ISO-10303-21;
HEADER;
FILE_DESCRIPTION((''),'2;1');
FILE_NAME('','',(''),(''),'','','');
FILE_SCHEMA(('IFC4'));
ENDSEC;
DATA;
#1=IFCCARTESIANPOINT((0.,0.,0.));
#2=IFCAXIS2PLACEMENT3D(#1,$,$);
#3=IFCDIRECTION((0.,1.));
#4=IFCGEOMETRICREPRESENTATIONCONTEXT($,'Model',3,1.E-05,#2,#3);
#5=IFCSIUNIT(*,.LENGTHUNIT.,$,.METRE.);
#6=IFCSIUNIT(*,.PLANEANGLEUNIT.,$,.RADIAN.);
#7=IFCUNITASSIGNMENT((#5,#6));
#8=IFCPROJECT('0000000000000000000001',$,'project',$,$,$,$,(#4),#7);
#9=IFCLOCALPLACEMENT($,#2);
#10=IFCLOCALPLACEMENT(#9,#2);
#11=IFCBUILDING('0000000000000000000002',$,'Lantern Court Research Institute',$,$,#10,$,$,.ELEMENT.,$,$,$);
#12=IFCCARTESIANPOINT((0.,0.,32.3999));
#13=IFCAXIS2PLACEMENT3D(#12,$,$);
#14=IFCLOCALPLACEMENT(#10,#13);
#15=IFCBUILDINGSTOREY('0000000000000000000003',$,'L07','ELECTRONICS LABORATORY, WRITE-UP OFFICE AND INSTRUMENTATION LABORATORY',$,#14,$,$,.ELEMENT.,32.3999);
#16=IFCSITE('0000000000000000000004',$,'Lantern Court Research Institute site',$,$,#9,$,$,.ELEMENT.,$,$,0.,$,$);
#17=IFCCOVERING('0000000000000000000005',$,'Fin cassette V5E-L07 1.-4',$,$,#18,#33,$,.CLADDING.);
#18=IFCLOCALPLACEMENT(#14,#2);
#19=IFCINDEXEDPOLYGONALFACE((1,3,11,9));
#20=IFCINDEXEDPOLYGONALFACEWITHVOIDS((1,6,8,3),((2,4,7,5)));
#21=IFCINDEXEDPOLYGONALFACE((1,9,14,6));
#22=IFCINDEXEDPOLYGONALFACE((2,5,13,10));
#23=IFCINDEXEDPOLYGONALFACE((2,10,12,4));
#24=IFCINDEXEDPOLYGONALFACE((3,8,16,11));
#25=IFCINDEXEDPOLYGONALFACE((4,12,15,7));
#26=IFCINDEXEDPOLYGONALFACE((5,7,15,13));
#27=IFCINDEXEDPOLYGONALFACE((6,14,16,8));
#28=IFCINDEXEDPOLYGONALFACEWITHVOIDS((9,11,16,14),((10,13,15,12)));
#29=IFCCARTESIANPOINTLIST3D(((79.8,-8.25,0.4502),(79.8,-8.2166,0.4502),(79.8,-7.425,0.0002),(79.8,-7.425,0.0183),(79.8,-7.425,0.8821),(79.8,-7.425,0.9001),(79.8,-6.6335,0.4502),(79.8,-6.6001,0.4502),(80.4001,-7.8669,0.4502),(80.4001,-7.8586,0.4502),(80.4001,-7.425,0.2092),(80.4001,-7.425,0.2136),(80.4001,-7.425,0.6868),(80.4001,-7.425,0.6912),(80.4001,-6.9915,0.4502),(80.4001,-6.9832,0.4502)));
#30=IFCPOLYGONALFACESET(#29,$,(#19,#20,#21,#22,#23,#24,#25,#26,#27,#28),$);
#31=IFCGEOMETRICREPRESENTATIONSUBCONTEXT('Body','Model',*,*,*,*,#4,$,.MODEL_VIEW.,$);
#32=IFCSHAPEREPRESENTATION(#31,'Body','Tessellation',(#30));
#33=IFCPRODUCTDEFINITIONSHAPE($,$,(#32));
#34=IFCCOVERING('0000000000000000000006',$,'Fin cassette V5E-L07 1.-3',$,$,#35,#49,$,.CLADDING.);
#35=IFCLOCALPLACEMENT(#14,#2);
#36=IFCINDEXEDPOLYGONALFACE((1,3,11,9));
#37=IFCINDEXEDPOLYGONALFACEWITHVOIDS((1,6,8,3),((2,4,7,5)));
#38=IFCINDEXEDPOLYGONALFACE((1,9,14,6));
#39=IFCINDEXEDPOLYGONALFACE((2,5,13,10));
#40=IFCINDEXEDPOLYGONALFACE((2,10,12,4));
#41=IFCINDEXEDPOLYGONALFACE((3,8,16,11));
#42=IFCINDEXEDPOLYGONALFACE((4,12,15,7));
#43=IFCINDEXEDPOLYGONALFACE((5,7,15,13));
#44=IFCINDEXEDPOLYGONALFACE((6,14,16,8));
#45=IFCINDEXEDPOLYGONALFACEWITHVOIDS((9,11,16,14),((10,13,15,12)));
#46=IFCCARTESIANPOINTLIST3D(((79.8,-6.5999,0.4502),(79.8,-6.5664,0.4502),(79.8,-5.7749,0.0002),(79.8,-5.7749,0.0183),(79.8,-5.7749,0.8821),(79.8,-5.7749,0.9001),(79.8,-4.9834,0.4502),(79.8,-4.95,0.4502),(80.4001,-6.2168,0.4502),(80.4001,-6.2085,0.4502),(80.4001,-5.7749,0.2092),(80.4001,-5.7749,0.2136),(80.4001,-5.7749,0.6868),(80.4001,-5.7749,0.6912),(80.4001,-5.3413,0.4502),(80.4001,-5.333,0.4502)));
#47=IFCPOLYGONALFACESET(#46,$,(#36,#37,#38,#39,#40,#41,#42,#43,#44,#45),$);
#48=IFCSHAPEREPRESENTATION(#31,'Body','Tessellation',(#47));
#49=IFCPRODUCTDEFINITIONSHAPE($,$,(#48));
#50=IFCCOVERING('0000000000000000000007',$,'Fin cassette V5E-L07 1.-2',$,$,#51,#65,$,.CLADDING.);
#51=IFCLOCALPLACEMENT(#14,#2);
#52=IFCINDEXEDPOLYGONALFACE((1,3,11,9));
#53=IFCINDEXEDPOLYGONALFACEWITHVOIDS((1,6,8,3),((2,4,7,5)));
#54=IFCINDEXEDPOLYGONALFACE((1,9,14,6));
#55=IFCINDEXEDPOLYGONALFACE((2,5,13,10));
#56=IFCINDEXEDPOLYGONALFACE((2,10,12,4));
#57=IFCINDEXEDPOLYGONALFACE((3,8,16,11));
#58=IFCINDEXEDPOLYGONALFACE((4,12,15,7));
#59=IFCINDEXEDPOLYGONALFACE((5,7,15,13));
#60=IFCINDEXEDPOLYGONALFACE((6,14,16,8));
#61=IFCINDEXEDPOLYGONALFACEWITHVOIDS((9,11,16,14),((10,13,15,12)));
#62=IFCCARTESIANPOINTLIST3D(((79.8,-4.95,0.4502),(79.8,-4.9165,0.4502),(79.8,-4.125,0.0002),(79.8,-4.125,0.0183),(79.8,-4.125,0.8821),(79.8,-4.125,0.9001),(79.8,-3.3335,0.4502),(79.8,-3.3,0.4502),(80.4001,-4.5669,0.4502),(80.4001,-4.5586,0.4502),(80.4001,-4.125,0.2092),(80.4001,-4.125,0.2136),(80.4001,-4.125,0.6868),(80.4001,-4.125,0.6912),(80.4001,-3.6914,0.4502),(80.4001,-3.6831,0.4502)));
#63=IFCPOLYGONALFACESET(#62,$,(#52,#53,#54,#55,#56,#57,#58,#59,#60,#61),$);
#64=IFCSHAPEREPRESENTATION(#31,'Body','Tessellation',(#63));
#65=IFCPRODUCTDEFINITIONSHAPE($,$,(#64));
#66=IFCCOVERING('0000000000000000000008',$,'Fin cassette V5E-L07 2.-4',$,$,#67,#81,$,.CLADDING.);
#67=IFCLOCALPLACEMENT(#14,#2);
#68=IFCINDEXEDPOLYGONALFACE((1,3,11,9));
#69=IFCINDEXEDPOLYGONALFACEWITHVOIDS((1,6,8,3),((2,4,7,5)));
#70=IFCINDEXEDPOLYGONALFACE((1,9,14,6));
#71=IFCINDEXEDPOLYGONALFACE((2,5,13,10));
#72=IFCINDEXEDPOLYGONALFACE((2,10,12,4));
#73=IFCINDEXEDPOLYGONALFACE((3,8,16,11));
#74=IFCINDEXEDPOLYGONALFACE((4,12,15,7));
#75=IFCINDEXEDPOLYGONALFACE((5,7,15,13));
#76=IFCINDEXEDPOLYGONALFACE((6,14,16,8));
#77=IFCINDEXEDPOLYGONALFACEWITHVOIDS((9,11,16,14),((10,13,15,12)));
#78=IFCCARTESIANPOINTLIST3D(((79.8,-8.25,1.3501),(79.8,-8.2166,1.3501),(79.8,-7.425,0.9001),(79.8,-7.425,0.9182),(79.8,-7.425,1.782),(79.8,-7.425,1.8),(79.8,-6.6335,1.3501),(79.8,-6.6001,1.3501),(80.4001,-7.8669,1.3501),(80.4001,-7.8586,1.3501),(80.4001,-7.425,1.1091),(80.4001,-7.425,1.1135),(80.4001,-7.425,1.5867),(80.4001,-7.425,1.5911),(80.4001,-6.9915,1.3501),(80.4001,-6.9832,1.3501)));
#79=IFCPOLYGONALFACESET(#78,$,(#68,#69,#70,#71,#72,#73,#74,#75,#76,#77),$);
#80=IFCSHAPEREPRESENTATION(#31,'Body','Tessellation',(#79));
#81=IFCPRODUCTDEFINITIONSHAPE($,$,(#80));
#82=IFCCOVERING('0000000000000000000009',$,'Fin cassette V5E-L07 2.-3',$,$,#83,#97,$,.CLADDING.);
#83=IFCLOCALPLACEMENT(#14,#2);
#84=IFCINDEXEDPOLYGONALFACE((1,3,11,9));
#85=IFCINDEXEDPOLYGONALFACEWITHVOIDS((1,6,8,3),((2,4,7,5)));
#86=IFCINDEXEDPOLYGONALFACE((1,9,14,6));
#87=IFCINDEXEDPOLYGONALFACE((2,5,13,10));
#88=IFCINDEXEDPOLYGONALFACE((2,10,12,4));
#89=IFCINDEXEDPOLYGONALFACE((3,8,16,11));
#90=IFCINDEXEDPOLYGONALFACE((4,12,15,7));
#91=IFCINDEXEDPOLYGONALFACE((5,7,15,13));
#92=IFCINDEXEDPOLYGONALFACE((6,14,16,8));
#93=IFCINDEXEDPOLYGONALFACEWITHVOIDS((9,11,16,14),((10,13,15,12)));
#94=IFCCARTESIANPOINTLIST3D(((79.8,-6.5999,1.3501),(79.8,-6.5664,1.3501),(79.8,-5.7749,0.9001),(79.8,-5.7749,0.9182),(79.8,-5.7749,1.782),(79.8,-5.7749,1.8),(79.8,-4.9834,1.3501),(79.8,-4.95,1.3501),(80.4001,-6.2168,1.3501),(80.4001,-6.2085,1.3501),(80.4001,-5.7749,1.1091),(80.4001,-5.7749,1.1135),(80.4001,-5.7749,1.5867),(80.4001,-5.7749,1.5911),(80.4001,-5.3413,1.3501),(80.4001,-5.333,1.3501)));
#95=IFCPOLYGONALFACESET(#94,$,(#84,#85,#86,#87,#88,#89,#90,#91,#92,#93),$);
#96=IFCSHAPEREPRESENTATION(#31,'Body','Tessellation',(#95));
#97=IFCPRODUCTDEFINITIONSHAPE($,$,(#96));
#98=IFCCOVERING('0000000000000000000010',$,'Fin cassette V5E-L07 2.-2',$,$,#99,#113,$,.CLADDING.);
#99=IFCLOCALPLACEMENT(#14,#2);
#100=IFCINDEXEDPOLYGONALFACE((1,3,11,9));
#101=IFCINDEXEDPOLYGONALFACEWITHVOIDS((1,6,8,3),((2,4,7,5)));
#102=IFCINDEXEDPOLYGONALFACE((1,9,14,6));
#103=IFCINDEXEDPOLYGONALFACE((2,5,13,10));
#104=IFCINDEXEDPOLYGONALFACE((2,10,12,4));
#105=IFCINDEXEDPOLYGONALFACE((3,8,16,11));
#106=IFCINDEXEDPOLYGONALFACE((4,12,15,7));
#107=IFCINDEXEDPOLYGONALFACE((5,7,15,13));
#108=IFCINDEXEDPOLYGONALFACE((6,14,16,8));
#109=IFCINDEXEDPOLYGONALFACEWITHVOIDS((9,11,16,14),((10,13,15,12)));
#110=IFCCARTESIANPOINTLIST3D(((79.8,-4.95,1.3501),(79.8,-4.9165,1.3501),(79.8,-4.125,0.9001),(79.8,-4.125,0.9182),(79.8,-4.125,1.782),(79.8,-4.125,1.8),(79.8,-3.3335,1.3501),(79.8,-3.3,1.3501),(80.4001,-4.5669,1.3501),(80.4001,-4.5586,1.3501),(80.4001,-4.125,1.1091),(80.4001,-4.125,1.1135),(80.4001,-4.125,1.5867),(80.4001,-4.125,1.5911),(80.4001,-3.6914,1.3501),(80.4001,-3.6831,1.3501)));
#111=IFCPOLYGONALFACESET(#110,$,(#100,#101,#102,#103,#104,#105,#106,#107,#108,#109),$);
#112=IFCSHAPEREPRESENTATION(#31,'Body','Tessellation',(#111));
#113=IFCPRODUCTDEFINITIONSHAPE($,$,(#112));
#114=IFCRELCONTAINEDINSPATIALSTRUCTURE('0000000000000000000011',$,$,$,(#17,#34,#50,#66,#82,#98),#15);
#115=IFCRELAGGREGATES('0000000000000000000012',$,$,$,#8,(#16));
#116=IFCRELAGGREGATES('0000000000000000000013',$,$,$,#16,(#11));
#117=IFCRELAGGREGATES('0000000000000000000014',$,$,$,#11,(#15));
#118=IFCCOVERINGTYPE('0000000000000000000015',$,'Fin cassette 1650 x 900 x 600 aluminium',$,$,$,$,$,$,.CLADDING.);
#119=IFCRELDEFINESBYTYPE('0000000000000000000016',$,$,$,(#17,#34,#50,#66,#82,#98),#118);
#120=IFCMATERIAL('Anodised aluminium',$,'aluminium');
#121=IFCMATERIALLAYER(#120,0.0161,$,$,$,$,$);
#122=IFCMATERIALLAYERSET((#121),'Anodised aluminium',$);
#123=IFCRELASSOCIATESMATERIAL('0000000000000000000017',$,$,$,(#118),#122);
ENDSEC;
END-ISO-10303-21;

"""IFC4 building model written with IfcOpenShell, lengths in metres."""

from ifc_helpers import new_model, entity, si_unit, direction, frame, origin, place, context, subcontext, project, spatial, material, layer, layer_set, type_object, element, save


model = new_model("IFC4")

# Units and contexts
model_context = context("Model", 3, precision=1e-05, world=origin(), true_north=direction((0.0, 1.0)))
body_context = subcontext(model_context, "Body", "Model", "MODEL_VIEW")
ifc_project = project(units=[si_unit("LENGTHUNIT", "METRE"), si_unit("PLANEANGLEUNIT", "RADIAN")], contexts=[model_context])

# Site, building, storey
site_placement = place(None, origin())
site = spatial("IfcSite", under=ifc_project, at=site_placement, Name="Lantern Court Research Institute site", CompositionType="ELEMENT", RefElevation=0.0)
building_placement = place(site_placement, origin())
building = spatial("IfcBuilding", under=site, at=building_placement, Name="Lantern Court Research Institute", CompositionType="ELEMENT")
storey_placement = place(building_placement, frame((0.0, 0.0, 32.3999)))
storey = spatial("IfcBuildingStorey", under=building, at=storey_placement, Name="L07", Description="ELECTRONICS LABORATORY, WRITE-UP OFFICE AND INSTRUMENTATION LABORATORY", CompositionType="ELEMENT", Elevation=32.3999)

# Coverings
ifc_material_1 = material(Name="Anodised aluminium", Category="aluminium")
ifc_layer_1 = layer(ifc_material_1, 0.0161)
ifc_layer_set_1 = layer_set([ifc_layer_1], Name="Anodised aluminium")
covering_type = type_object("IfcCoveringType", Name="Fin cassette 1650 x 900 x 600 aluminium", PredefinedType="CLADDING", material=ifc_layer_set_1)
covering_1_placement = place(storey_placement, frame((79.8, -7.425, 0.4502), z_axis=(1.0, 0.0, 0.0), x_axis=(0.0, 1.0, 0.0)))
cartesian_point_1 = entity("IfcCartesianPoint", [0.825, 0.0])
cartesian_point_2 = entity("IfcCartesianPoint", [0.7915, 0.0])
cartesian_point_3 = entity("IfcCartesianPoint", [0.4419, 0.0])
cartesian_point_4 = entity("IfcCartesianPoint", [0.4336, 0.0])
element("IfcCovering", 1, at=covering_1_placement, inside=storey, type_object=covering_type, Name="Fin cassette V5E-L07 1.-4", PredefinedType="CLADDING", context=body_context, shape_type="SweptSolid", body=[
    entity("IfcExtrudedAreaSolidTapered", entity("IfcArbitraryProfileDefWithVoids", "AREA", None, entity("IfcPolyline", [cartesian_point_1, entity("IfcCartesianPoint", [0.0, 0.45]), entity("IfcCartesianPoint", [-0.825, 0.0]), entity("IfcCartesianPoint", [0.0, -0.45]), cartesian_point_1]), [entity("IfcPolyline", [cartesian_point_2, entity("IfcCartesianPoint", [0.0, 0.4319]), entity("IfcCartesianPoint", [-0.7915, 0.0]), entity("IfcCartesianPoint", [0.0, -0.4319]), cartesian_point_2])]), entity("IfcAxis2Placement3D", entity("IfcCartesianPoint", [0.0, 0.0, 0.0])), entity("IfcDirection", [0.0, 0.0, 1.0]), 0.6001, entity("IfcArbitraryProfileDefWithVoids", "AREA", None, entity("IfcPolyline", [cartesian_point_3, entity("IfcCartesianPoint", [0.0, 0.241]), entity("IfcCartesianPoint", [-0.4419, 0.0]), entity("IfcCartesianPoint", [0.0, -0.241]), cartesian_point_3]), [entity("IfcPolyline", [cartesian_point_4, entity("IfcCartesianPoint", [0.0, 0.2366]), entity("IfcCartesianPoint", [-0.4336, 0.0]), entity("IfcCartesianPoint", [0.0, -0.2366]), cartesian_point_4])])),
])
covering_2_placement = place(storey_placement, frame((79.8, -5.7749, 0.4502), z_axis=(1.0, 0.0, 0.0), x_axis=(0.0, 1.0, 0.0)))
cartesian_point_5 = entity("IfcCartesianPoint", [0.825, 0.0])
cartesian_point_6 = entity("IfcCartesianPoint", [0.7915, 0.0])
cartesian_point_7 = entity("IfcCartesianPoint", [0.4419, 0.0])
cartesian_point_8 = entity("IfcCartesianPoint", [0.4336, 0.0])
element("IfcCovering", 2, at=covering_2_placement, inside=storey, type_object=covering_type, Name="Fin cassette V5E-L07 1.-3", PredefinedType="CLADDING", context=body_context, shape_type="SweptSolid", body=[
    entity("IfcExtrudedAreaSolidTapered", entity("IfcArbitraryProfileDefWithVoids", "AREA", None, entity("IfcPolyline", [cartesian_point_5, entity("IfcCartesianPoint", [0.0, 0.45]), entity("IfcCartesianPoint", [-0.825, 0.0]), entity("IfcCartesianPoint", [0.0, -0.45]), cartesian_point_5]), [entity("IfcPolyline", [cartesian_point_6, entity("IfcCartesianPoint", [0.0, 0.4319]), entity("IfcCartesianPoint", [-0.7915, 0.0]), entity("IfcCartesianPoint", [0.0, -0.4319]), cartesian_point_6])]), entity("IfcAxis2Placement3D", entity("IfcCartesianPoint", [0.0, 0.0, 0.0])), entity("IfcDirection", [0.0, 0.0, 1.0]), 0.6001, entity("IfcArbitraryProfileDefWithVoids", "AREA", None, entity("IfcPolyline", [cartesian_point_7, entity("IfcCartesianPoint", [0.0, 0.241]), entity("IfcCartesianPoint", [-0.4419, 0.0]), entity("IfcCartesianPoint", [0.0, -0.241]), cartesian_point_7]), [entity("IfcPolyline", [cartesian_point_8, entity("IfcCartesianPoint", [0.0, 0.2366]), entity("IfcCartesianPoint", [-0.4336, 0.0]), entity("IfcCartesianPoint", [0.0, -0.2366]), cartesian_point_8])])),
])
covering_3_placement = place(storey_placement, frame((79.8, -4.125, 0.4502), z_axis=(1.0, 0.0, 0.0), x_axis=(0.0, 1.0, 0.0)))
cartesian_point_9 = entity("IfcCartesianPoint", [0.825, 0.0])
cartesian_point_10 = entity("IfcCartesianPoint", [0.7915, 0.0])
cartesian_point_11 = entity("IfcCartesianPoint", [0.4419, 0.0])
cartesian_point_12 = entity("IfcCartesianPoint", [0.4336, 0.0])
element("IfcCovering", 3, at=covering_3_placement, inside=storey, type_object=covering_type, Name="Fin cassette V5E-L07 1.-2", PredefinedType="CLADDING", context=body_context, shape_type="SweptSolid", body=[
    entity("IfcExtrudedAreaSolidTapered", entity("IfcArbitraryProfileDefWithVoids", "AREA", None, entity("IfcPolyline", [cartesian_point_9, entity("IfcCartesianPoint", [0.0, 0.45]), entity("IfcCartesianPoint", [-0.825, 0.0]), entity("IfcCartesianPoint", [0.0, -0.45]), cartesian_point_9]), [entity("IfcPolyline", [cartesian_point_10, entity("IfcCartesianPoint", [0.0, 0.4319]), entity("IfcCartesianPoint", [-0.7915, 0.0]), entity("IfcCartesianPoint", [0.0, -0.4319]), cartesian_point_10])]), entity("IfcAxis2Placement3D", entity("IfcCartesianPoint", [0.0, 0.0, 0.0])), entity("IfcDirection", [0.0, 0.0, 1.0]), 0.6001, entity("IfcArbitraryProfileDefWithVoids", "AREA", None, entity("IfcPolyline", [cartesian_point_11, entity("IfcCartesianPoint", [0.0, 0.241]), entity("IfcCartesianPoint", [-0.4419, 0.0]), entity("IfcCartesianPoint", [0.0, -0.241]), cartesian_point_11]), [entity("IfcPolyline", [cartesian_point_12, entity("IfcCartesianPoint", [0.0, 0.2366]), entity("IfcCartesianPoint", [-0.4336, 0.0]), entity("IfcCartesianPoint", [0.0, -0.2366]), cartesian_point_12])])),
])
covering_4_placement = place(storey_placement, frame((79.8, -7.425, 1.3501), z_axis=(1.0, 0.0, 0.0), x_axis=(0.0, 1.0, 0.0)))
cartesian_point_13 = entity("IfcCartesianPoint", [0.825, 0.0])
cartesian_point_14 = entity("IfcCartesianPoint", [0.7915, 0.0])
cartesian_point_15 = entity("IfcCartesianPoint", [0.4419, 0.0])
cartesian_point_16 = entity("IfcCartesianPoint", [0.4336, 0.0])
element("IfcCovering", 4, at=covering_4_placement, inside=storey, type_object=covering_type, Name="Fin cassette V5E-L07 2.-4", PredefinedType="CLADDING", context=body_context, shape_type="SweptSolid", body=[
    entity("IfcExtrudedAreaSolidTapered", entity("IfcArbitraryProfileDefWithVoids", "AREA", None, entity("IfcPolyline", [cartesian_point_13, entity("IfcCartesianPoint", [0.0, 0.45]), entity("IfcCartesianPoint", [-0.825, 0.0]), entity("IfcCartesianPoint", [0.0, -0.45]), cartesian_point_13]), [entity("IfcPolyline", [cartesian_point_14, entity("IfcCartesianPoint", [0.0, 0.4319]), entity("IfcCartesianPoint", [-0.7915, 0.0]), entity("IfcCartesianPoint", [0.0, -0.4319]), cartesian_point_14])]), entity("IfcAxis2Placement3D", entity("IfcCartesianPoint", [0.0, 0.0, 0.0])), entity("IfcDirection", [0.0, 0.0, 1.0]), 0.6001, entity("IfcArbitraryProfileDefWithVoids", "AREA", None, entity("IfcPolyline", [cartesian_point_15, entity("IfcCartesianPoint", [0.0, 0.241]), entity("IfcCartesianPoint", [-0.4419, 0.0]), entity("IfcCartesianPoint", [0.0, -0.241]), cartesian_point_15]), [entity("IfcPolyline", [cartesian_point_16, entity("IfcCartesianPoint", [0.0, 0.2366]), entity("IfcCartesianPoint", [-0.4336, 0.0]), entity("IfcCartesianPoint", [0.0, -0.2366]), cartesian_point_16])])),
])
covering_5_placement = place(storey_placement, frame((79.8, -5.7749, 1.3501), z_axis=(1.0, 0.0, 0.0), x_axis=(0.0, 1.0, 0.0)))
cartesian_point_17 = entity("IfcCartesianPoint", [0.825, 0.0])
cartesian_point_18 = entity("IfcCartesianPoint", [0.7915, 0.0])
cartesian_point_19 = entity("IfcCartesianPoint", [0.4419, 0.0])
cartesian_point_20 = entity("IfcCartesianPoint", [0.4336, 0.0])
element("IfcCovering", 5, at=covering_5_placement, inside=storey, type_object=covering_type, Name="Fin cassette V5E-L07 2.-3", PredefinedType="CLADDING", context=body_context, shape_type="SweptSolid", body=[
    entity("IfcExtrudedAreaSolidTapered", entity("IfcArbitraryProfileDefWithVoids", "AREA", None, entity("IfcPolyline", [cartesian_point_17, entity("IfcCartesianPoint", [0.0, 0.45]), entity("IfcCartesianPoint", [-0.825, 0.0]), entity("IfcCartesianPoint", [0.0, -0.45]), cartesian_point_17]), [entity("IfcPolyline", [cartesian_point_18, entity("IfcCartesianPoint", [0.0, 0.4319]), entity("IfcCartesianPoint", [-0.7915, 0.0]), entity("IfcCartesianPoint", [0.0, -0.4319]), cartesian_point_18])]), entity("IfcAxis2Placement3D", entity("IfcCartesianPoint", [0.0, 0.0, 0.0])), entity("IfcDirection", [0.0, 0.0, 1.0]), 0.6001, entity("IfcArbitraryProfileDefWithVoids", "AREA", None, entity("IfcPolyline", [cartesian_point_19, entity("IfcCartesianPoint", [0.0, 0.241]), entity("IfcCartesianPoint", [-0.4419, 0.0]), entity("IfcCartesianPoint", [0.0, -0.241]), cartesian_point_19]), [entity("IfcPolyline", [cartesian_point_20, entity("IfcCartesianPoint", [0.0, 0.2366]), entity("IfcCartesianPoint", [-0.4336, 0.0]), entity("IfcCartesianPoint", [0.0, -0.2366]), cartesian_point_20])])),
])
covering_6_placement = place(storey_placement, frame((79.8, -4.125, 1.3501), z_axis=(1.0, 0.0, 0.0), x_axis=(0.0, 1.0, 0.0)))
cartesian_point_21 = entity("IfcCartesianPoint", [0.825, 0.0])
cartesian_point_22 = entity("IfcCartesianPoint", [0.7915, 0.0])
cartesian_point_23 = entity("IfcCartesianPoint", [0.4419, 0.0])
cartesian_point_24 = entity("IfcCartesianPoint", [0.4336, 0.0])
element("IfcCovering", 6, at=covering_6_placement, inside=storey, type_object=covering_type, Name="Fin cassette V5E-L07 2.-2", PredefinedType="CLADDING", context=body_context, shape_type="SweptSolid", body=[
    entity("IfcExtrudedAreaSolidTapered", entity("IfcArbitraryProfileDefWithVoids", "AREA", None, entity("IfcPolyline", [cartesian_point_21, entity("IfcCartesianPoint", [0.0, 0.45]), entity("IfcCartesianPoint", [-0.825, 0.0]), entity("IfcCartesianPoint", [0.0, -0.45]), cartesian_point_21]), [entity("IfcPolyline", [cartesian_point_22, entity("IfcCartesianPoint", [0.0, 0.4319]), entity("IfcCartesianPoint", [-0.7915, 0.0]), entity("IfcCartesianPoint", [0.0, -0.4319]), cartesian_point_22])]), entity("IfcAxis2Placement3D", entity("IfcCartesianPoint", [0.0, 0.0, 0.0])), entity("IfcDirection", [0.0, 0.0, 1.0]), 0.6001, entity("IfcArbitraryProfileDefWithVoids", "AREA", None, entity("IfcPolyline", [cartesian_point_23, entity("IfcCartesianPoint", [0.0, 0.241]), entity("IfcCartesianPoint", [-0.4419, 0.0]), entity("IfcCartesianPoint", [0.0, -0.241]), cartesian_point_23]), [entity("IfcPolyline", [cartesian_point_24, entity("IfcCartesianPoint", [0.0, 0.2366]), entity("IfcCartesianPoint", [-0.4336, 0.0]), entity("IfcCartesianPoint", [0.0, -0.2366]), cartesian_point_24])])),
])

save(model, "model.ifc")
